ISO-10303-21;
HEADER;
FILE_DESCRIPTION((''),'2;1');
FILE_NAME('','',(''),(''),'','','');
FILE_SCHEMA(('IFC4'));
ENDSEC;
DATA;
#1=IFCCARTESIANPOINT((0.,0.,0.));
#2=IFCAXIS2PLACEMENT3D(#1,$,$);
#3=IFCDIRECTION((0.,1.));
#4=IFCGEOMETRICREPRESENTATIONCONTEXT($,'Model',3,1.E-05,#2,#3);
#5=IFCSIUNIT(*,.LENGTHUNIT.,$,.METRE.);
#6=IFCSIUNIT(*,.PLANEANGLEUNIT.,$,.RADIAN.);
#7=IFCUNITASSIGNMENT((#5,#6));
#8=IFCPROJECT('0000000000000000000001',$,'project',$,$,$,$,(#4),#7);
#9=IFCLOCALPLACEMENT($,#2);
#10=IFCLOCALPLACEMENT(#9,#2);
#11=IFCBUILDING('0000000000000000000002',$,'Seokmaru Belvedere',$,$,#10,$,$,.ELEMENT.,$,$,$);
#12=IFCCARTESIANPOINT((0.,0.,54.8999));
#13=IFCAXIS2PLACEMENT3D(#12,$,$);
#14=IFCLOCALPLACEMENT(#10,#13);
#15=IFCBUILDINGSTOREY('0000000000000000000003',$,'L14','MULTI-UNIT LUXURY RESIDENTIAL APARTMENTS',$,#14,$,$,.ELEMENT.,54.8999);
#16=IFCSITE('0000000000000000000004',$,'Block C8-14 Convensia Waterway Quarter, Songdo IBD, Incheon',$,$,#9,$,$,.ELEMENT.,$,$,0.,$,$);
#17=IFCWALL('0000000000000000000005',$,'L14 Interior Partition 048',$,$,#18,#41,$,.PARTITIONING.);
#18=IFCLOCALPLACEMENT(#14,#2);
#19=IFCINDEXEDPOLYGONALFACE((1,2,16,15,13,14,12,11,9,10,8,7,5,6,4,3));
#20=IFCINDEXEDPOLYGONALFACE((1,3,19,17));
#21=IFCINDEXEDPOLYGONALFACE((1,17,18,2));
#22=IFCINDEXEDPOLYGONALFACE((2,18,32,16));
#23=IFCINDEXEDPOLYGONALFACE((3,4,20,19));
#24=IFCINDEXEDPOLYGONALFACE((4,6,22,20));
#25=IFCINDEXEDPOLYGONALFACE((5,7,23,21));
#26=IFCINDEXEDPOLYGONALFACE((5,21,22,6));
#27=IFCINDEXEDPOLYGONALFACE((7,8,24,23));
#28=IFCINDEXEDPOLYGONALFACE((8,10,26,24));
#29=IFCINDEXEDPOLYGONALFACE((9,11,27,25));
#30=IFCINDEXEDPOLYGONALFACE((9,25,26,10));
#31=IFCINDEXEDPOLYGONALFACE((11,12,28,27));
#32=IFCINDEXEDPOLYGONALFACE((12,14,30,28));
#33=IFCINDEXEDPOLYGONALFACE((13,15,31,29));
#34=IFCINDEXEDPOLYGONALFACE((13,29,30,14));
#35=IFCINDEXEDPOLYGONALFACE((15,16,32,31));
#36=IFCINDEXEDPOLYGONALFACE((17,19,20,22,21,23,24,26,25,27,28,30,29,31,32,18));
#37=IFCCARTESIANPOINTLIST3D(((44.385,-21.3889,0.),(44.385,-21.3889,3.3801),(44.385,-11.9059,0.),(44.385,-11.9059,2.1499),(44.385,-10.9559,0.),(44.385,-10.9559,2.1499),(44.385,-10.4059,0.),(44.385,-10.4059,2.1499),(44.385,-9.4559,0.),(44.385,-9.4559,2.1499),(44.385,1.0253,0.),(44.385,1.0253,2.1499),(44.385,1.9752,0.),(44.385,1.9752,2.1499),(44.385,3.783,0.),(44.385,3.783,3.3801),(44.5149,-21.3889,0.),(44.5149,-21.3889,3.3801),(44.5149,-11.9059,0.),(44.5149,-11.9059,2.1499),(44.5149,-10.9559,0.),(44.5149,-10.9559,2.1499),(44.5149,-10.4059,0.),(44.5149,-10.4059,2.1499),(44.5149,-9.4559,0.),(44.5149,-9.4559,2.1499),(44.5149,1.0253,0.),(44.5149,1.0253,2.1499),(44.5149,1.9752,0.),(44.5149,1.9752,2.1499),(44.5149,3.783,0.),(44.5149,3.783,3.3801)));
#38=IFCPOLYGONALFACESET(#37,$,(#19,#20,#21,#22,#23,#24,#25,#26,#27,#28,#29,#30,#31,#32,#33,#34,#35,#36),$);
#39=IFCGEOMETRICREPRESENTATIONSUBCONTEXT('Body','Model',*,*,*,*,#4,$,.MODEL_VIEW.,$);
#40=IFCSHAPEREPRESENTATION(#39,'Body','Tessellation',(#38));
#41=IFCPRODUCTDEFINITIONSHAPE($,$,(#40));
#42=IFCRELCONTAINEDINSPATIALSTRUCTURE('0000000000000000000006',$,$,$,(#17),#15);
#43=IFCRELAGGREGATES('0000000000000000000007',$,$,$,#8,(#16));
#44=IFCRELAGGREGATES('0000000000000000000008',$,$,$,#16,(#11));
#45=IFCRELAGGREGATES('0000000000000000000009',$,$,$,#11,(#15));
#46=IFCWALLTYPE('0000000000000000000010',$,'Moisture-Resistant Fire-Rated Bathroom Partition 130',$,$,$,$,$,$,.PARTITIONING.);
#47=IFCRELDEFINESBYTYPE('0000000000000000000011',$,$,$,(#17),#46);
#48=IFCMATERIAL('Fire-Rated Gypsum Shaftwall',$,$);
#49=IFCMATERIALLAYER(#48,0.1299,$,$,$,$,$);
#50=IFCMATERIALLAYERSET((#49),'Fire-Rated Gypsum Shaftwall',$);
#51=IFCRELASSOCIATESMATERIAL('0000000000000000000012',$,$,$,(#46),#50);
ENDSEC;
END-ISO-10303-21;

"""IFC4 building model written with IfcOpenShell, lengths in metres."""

from ifc_helpers import new_model, si_unit, direction, frame, frame_2d, origin, place, context, subcontext, project, spatial, rectangle, extrude, material, layer, layer_set, type_object, element, save


model = new_model("IFC4")

# Units and contexts
model_context = context("Model", 3, precision=1e-05, world=origin(), true_north=direction((0.0, 1.0)))
body_context = subcontext(model_context, "Body", "Model", "MODEL_VIEW")
ifc_project = project(units=[si_unit("LENGTHUNIT", "METRE"), si_unit("PLANEANGLEUNIT", "RADIAN")], contexts=[model_context])

# Site, building, storey
site_placement = place(None, origin())
site = spatial("IfcSite", under=ifc_project, at=site_placement, Name="Block C8-14 Convensia Waterway Quarter, Songdo IBD, Incheon", CompositionType="ELEMENT", RefElevation=0.0)
building_placement = place(site_placement, origin())
building = spatial("IfcBuilding", under=site, at=building_placement, Name="Seokmaru Belvedere", CompositionType="ELEMENT")
storey_placement = place(building_placement, frame((0.0, 0.0, 54.8999)))
storey = spatial("IfcBuildingStorey", under=building, at=storey_placement, Name="L14", Description="MULTI-UNIT LUXURY RESIDENTIAL APARTMENTS", CompositionType="ELEMENT", Elevation=54.8999)

# Shared definitions
ifc_material_1 = material(Name="Fire-Rated Gypsum Shaftwall")

# Wall, openings
ifc_layer_1 = layer(ifc_material_1, 0.1299)
ifc_layer_set_1 = layer_set([ifc_layer_1], Name="Fire-Rated Gypsum Shaftwall")
wall_type_1 = type_object("IfcWallType", Name="Moisture-Resistant Fire-Rated Bathroom Partition 130", PredefinedType="PARTITIONING", material=ifc_layer_set_1)
wall_1_placement = place(storey_placement, frame((44.45, -21.3889, 0.0), z_axis=(0.0, 0.0, 1.0), x_axis=(0.0, 1.0, 0.0)))
wall_1 = element("IfcWall", 1, at=wall_1_placement, inside=storey, type_object=wall_type_1, Name="L14 Interior Partition 048", PredefinedType="PARTITIONING", context=body_context, shape_type="SweptSolid", body=[
    extrude(rectangle(XDim=25.1719, YDim=0.1299, at=frame_2d((12.5859, 0.0))), origin(), (0.0, 0.0, 1.0), 3.3801),
])
opening_1_placement = place(wall_1_placement, frame((10.9829, 0.0, 0.0)))
element("IfcOpeningElement", 2, at=opening_1_placement, cuts=wall_1, PredefinedType="OPENING", context=body_context, shape_type="SweptSolid", body=[
    extrude(rectangle(XDim=0.95, YDim=2.1499, at=frame_2d((0.4751, 1.075))), frame((0.0, 0.075, 0.0), z_axis=(0.0, -1.0, 0.0), x_axis=(1.0, 0.0, 0.0)), (0.0, 0.0, 1.0), 0.1499),
])
opening_2_placement = place(wall_1_placement, frame((9.4829, 0.0, 0.0)))
element("IfcOpeningElement", 3, at=opening_2_placement, cuts=wall_1, PredefinedType="OPENING", context=body_context, shape_type="SweptSolid", body=[
    extrude(rectangle(XDim=0.95, YDim=2.1499, at=frame_2d((0.4751, 1.075))), frame((0.0, 0.075, 0.0), z_axis=(0.0, -1.0, 0.0), x_axis=(1.0, 0.0, 0.0)), (0.0, 0.0, 1.0), 0.1499),
])
opening_3_placement = place(wall_1_placement, frame((22.4141, 0.0, 0.0)))
element("IfcOpeningElement", 4, at=opening_3_placement, cuts=wall_1, PredefinedType="OPENING", context=body_context, shape_type="SweptSolid", body=[
    extrude(rectangle(XDim=0.95, YDim=2.1499, at=frame_2d((0.4751, 1.075))), frame((0.0, 0.075, 0.0), z_axis=(0.0, -1.0, 0.0), x_axis=(1.0, 0.0, 0.0)), (0.0, 0.0, 1.0), 0.1499),
])

save(model, "model.ifc")
